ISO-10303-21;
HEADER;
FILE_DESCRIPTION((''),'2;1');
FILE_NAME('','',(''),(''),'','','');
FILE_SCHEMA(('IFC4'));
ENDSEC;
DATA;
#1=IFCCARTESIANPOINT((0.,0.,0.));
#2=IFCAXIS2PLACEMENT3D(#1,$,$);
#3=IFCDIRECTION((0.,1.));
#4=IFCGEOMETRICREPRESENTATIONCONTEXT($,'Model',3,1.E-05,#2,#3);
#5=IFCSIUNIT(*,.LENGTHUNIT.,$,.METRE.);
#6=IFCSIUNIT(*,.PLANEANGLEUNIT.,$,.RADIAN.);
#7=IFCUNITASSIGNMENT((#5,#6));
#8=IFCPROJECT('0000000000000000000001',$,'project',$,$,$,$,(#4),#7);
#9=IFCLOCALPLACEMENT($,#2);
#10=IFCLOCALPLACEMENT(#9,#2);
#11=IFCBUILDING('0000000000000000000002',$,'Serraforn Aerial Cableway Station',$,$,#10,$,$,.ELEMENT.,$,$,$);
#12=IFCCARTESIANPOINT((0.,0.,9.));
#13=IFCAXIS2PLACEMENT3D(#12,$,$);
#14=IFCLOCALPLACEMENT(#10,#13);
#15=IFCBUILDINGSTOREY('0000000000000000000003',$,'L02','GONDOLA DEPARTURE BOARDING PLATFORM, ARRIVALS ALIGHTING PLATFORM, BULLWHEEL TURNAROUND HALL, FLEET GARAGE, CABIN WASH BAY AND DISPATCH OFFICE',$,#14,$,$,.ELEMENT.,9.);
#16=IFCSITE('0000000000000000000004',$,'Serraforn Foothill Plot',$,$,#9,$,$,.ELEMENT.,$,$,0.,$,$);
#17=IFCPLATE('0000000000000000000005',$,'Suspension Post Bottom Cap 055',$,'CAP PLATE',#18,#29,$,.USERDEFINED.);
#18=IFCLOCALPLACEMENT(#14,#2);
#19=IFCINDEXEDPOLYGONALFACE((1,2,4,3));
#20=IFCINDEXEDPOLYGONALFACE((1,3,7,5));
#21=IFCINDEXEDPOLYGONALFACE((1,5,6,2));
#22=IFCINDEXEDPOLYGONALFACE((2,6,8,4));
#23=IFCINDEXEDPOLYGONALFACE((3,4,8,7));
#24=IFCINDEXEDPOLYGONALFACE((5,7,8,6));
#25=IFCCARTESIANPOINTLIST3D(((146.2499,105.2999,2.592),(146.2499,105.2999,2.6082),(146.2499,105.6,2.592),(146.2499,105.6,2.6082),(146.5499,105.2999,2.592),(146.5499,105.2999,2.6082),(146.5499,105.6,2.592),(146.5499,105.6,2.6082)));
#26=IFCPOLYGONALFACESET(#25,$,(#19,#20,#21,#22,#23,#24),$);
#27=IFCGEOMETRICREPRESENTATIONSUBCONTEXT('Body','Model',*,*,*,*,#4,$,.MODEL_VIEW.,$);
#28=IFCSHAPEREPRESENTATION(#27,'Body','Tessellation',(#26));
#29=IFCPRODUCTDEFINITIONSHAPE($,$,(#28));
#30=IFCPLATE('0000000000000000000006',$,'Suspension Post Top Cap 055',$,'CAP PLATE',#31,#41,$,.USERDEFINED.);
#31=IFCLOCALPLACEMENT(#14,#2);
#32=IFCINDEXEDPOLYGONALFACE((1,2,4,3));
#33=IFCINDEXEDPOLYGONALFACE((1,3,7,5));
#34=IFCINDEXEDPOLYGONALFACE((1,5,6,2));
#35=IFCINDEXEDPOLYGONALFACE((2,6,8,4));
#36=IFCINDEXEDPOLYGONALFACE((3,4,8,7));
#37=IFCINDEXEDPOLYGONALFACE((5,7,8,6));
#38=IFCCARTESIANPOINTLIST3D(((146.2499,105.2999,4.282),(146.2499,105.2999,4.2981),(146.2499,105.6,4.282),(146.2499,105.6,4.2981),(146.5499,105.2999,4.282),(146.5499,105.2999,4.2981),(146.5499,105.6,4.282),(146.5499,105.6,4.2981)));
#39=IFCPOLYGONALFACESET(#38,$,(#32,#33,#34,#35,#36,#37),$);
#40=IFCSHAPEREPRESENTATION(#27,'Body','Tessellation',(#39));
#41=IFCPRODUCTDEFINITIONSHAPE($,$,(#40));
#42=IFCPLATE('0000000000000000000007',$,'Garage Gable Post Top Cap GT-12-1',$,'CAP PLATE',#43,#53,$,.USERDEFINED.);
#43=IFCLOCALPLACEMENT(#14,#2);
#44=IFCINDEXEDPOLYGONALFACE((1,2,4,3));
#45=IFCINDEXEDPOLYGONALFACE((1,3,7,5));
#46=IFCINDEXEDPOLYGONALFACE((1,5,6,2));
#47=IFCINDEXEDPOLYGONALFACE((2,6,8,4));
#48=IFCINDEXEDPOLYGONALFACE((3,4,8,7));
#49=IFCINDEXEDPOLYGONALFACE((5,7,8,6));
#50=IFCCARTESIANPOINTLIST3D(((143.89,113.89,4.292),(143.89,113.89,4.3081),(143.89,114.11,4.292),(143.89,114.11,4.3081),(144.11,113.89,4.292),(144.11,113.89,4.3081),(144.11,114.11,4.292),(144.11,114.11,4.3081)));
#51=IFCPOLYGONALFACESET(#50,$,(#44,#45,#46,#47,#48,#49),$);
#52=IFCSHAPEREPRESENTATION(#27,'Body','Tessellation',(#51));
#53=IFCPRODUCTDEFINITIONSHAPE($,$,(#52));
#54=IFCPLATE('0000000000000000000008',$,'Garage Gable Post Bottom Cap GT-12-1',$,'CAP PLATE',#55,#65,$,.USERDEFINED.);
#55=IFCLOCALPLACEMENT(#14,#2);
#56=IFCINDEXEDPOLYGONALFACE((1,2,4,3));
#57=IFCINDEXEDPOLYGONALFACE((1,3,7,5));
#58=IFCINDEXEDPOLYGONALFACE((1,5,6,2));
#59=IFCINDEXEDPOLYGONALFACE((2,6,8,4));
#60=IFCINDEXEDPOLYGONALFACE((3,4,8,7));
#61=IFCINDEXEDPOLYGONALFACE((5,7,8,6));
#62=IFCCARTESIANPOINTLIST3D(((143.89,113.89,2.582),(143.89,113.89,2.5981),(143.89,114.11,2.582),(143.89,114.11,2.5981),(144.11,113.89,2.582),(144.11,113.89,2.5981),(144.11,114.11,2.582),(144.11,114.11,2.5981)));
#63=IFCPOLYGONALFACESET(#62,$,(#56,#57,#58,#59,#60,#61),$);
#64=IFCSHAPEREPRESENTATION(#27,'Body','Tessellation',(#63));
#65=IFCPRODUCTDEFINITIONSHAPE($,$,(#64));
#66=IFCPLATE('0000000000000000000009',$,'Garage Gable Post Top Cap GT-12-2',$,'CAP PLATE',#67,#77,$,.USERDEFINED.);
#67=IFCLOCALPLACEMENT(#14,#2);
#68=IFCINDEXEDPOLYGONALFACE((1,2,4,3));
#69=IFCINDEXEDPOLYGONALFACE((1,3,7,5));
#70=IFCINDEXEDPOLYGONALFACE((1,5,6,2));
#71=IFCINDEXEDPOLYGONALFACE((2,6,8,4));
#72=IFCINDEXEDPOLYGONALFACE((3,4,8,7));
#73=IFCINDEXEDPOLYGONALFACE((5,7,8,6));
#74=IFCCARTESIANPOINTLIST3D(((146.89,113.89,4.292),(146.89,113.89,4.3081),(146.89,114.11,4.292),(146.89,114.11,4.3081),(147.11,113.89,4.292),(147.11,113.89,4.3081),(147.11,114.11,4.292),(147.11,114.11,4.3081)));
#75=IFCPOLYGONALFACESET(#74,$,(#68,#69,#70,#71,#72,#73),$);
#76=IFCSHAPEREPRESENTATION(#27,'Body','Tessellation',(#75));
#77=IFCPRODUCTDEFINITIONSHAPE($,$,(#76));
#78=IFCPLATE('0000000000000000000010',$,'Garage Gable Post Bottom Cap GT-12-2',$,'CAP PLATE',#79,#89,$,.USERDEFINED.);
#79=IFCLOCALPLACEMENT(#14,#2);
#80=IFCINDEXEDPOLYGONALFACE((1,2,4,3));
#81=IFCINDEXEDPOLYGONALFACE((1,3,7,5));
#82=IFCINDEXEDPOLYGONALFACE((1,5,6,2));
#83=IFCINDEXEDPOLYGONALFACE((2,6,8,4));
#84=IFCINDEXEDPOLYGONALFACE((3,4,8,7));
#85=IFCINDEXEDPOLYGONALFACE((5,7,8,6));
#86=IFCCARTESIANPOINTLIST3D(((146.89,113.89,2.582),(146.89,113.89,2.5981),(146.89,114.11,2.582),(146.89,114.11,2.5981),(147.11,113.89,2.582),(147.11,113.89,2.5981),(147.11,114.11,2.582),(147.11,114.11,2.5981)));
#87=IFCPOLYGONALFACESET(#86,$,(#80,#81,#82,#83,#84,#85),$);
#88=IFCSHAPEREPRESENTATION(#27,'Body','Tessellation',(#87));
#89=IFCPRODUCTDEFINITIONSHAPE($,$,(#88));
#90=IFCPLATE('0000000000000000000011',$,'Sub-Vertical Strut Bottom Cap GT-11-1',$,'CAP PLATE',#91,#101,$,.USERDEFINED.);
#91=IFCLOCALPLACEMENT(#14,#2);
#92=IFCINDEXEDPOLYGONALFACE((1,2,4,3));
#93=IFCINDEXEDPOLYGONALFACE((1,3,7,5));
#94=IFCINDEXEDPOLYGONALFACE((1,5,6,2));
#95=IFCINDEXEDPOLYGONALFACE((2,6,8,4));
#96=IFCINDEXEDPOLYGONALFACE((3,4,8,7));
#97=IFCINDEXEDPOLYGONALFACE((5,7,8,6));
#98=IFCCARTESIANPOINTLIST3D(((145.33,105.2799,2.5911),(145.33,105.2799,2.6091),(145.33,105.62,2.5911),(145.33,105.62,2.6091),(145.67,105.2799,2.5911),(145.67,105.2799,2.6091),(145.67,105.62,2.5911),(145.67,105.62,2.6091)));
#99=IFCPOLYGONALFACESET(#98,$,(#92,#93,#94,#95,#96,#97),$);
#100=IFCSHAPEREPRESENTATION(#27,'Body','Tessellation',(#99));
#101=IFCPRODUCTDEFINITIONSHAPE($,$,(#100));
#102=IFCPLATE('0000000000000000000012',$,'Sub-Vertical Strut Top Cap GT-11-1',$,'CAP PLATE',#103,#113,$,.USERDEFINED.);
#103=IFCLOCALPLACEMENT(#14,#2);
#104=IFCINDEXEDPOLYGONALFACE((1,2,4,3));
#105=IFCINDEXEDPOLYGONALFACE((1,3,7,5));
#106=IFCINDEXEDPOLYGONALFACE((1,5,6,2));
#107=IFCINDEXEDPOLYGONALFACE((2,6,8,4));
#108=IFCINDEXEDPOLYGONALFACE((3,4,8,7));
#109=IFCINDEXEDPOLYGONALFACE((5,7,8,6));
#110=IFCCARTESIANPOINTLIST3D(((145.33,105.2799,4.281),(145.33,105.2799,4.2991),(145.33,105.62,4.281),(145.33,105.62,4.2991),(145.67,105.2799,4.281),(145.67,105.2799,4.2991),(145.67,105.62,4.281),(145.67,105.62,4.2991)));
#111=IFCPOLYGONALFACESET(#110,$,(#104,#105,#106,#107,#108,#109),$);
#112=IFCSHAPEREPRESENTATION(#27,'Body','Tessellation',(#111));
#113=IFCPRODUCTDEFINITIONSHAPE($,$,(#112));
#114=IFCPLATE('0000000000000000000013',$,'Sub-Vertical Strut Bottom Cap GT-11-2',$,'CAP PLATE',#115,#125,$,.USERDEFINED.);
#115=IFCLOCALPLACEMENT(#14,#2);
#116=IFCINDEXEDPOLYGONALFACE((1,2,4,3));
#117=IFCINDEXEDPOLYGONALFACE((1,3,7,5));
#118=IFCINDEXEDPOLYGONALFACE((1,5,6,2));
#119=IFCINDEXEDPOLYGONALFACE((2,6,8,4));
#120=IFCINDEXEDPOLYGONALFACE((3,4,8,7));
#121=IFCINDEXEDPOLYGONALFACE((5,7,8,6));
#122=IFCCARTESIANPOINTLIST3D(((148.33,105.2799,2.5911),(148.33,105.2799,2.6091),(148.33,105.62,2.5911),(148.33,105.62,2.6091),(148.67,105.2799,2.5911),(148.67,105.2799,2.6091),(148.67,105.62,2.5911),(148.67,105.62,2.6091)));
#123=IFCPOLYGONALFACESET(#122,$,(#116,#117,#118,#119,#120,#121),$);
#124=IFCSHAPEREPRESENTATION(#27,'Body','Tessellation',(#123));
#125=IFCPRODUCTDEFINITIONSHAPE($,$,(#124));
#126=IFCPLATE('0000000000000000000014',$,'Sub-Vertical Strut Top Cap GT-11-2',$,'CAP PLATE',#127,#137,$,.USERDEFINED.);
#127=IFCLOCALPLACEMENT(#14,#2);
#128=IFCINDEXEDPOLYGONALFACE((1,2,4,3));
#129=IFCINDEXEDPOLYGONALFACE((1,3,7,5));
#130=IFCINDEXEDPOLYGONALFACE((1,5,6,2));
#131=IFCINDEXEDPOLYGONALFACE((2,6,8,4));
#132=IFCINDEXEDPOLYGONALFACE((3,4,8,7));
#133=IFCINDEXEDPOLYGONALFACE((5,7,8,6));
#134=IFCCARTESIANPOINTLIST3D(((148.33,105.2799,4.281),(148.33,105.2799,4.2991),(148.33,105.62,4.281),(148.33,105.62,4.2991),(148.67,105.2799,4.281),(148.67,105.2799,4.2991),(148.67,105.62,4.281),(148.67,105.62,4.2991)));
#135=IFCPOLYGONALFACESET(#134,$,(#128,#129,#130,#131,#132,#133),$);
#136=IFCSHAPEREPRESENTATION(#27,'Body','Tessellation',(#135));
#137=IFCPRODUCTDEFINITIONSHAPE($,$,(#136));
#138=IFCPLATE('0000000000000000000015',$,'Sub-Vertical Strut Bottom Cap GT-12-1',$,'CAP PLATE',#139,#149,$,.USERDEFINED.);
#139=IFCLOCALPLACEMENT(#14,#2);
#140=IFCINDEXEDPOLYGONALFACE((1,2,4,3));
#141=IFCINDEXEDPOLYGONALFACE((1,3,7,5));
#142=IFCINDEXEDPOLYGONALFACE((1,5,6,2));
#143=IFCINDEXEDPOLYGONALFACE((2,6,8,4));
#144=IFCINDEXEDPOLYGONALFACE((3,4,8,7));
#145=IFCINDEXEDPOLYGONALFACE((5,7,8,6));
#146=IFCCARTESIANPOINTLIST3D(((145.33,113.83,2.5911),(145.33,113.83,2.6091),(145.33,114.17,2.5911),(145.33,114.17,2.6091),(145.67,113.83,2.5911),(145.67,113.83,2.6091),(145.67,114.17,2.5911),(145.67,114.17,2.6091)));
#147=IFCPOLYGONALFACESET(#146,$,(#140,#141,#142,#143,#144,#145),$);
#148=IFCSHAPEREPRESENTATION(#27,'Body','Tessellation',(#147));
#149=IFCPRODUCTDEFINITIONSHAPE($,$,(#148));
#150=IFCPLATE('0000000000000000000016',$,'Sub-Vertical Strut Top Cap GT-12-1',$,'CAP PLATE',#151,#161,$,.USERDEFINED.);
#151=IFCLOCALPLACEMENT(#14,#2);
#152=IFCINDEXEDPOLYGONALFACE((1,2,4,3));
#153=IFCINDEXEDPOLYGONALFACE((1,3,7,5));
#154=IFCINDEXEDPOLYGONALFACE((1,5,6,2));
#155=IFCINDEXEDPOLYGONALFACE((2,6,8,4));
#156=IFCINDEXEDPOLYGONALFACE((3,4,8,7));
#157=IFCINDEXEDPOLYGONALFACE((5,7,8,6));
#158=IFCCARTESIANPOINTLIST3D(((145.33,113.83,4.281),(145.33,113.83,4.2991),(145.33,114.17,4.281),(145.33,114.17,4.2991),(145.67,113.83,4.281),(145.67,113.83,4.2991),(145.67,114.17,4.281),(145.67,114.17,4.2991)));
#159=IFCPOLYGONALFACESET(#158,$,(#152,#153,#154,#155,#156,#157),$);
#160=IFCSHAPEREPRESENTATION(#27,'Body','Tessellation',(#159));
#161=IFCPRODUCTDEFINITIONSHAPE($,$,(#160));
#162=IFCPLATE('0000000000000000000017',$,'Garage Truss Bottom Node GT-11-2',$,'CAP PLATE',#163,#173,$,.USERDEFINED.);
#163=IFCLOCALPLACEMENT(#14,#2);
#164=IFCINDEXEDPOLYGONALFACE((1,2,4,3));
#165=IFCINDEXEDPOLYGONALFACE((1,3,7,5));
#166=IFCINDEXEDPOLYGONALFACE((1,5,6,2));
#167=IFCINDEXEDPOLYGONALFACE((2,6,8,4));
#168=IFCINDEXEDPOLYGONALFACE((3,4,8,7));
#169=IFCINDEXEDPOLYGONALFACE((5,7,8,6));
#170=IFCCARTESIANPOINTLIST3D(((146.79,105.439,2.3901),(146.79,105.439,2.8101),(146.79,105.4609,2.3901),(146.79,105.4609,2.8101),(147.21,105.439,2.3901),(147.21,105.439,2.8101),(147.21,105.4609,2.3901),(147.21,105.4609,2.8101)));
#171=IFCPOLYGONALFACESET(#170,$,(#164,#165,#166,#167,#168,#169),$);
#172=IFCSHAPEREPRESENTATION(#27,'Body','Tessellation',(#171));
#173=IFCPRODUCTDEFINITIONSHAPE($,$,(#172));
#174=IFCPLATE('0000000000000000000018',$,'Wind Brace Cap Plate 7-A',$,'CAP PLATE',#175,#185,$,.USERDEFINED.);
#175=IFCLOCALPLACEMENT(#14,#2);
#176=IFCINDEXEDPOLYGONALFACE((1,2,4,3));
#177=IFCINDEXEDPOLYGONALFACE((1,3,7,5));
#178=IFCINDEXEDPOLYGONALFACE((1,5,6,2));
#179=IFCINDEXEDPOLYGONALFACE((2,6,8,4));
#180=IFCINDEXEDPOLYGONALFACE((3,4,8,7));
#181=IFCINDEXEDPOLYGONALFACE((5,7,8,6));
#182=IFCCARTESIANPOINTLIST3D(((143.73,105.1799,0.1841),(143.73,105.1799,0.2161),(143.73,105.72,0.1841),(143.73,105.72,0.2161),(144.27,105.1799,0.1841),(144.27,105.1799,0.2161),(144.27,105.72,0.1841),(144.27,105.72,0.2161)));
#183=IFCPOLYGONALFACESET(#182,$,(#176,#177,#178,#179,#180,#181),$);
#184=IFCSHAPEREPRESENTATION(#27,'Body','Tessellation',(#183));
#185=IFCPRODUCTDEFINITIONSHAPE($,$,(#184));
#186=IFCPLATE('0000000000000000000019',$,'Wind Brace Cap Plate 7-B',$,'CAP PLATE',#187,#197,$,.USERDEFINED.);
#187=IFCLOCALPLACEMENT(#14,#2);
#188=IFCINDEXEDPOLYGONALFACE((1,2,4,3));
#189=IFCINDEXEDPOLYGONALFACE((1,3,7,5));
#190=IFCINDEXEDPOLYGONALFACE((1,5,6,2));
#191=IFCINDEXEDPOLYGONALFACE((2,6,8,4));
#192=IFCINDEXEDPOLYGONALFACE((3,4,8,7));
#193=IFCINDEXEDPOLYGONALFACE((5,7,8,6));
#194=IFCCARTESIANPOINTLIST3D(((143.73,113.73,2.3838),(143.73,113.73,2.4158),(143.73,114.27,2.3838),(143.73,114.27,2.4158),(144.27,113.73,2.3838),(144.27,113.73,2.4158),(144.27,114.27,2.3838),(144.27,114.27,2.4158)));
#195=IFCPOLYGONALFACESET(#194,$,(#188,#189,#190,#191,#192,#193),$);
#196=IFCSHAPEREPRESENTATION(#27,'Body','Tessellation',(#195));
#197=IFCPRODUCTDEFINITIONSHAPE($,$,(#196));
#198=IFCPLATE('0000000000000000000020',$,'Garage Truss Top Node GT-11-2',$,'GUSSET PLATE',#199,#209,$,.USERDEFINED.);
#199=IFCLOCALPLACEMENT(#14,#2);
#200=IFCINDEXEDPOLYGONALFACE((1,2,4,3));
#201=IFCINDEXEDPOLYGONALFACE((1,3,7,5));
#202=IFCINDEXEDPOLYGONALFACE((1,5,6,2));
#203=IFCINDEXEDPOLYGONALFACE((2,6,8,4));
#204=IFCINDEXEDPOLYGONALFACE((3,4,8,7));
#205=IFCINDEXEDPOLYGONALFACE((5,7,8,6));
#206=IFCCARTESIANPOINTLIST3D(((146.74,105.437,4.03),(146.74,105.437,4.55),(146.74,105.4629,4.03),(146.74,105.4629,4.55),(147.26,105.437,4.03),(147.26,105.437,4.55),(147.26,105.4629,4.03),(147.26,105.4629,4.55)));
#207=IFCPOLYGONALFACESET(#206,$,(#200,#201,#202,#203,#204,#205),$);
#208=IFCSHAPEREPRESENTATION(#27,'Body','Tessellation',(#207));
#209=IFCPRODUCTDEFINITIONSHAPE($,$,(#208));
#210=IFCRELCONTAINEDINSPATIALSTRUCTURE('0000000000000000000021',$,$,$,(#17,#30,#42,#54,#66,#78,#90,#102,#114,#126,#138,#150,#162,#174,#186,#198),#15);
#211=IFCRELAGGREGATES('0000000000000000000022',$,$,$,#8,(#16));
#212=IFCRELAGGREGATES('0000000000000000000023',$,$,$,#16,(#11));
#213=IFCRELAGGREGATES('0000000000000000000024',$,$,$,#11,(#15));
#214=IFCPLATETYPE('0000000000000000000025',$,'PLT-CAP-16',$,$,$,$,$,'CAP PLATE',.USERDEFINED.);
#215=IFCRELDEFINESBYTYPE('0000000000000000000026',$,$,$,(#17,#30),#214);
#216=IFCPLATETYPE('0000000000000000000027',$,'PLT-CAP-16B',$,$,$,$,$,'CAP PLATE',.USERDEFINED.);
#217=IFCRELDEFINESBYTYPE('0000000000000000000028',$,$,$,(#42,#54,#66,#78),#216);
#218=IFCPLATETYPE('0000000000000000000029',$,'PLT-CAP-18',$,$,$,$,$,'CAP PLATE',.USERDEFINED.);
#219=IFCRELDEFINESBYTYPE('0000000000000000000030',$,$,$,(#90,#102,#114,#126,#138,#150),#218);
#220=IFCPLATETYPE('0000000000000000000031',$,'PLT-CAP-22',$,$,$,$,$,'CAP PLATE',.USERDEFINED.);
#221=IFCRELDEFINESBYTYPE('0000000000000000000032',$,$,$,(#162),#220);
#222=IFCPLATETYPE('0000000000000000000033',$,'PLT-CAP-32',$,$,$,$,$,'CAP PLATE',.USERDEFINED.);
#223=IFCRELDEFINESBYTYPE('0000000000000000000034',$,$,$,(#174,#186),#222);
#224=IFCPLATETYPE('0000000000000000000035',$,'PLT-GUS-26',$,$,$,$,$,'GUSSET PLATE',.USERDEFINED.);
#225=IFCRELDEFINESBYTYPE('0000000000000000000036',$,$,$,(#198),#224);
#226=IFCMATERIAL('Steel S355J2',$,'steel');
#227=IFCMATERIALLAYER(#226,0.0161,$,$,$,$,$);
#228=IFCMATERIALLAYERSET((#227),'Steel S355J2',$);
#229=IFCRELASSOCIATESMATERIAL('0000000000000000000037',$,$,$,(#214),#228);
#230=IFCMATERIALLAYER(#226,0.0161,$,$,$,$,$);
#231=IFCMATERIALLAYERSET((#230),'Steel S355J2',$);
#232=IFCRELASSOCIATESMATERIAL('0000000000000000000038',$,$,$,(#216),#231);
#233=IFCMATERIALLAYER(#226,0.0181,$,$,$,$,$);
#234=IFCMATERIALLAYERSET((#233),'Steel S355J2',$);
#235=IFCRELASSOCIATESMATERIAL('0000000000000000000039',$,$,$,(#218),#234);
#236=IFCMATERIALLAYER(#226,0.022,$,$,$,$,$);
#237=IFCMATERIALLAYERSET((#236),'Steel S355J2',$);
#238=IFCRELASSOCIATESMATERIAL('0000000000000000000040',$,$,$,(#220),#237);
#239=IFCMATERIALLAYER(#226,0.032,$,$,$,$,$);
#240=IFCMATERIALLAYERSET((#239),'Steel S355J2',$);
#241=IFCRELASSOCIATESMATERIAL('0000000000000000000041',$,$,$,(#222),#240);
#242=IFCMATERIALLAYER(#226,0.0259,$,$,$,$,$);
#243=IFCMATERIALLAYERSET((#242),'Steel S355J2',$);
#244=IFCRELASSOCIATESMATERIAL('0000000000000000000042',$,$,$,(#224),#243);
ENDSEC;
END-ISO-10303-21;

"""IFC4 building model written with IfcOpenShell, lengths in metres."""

from ifc_helpers import new_model, si_unit, direction, frame, origin, origin_2d, place, context, subcontext, project, spatial, rectangle, extrude, material, layer, layer_set, type_object, element, save


model = new_model("IFC4")

# Units and contexts
model_context = context("Model", 3, precision=1e-05, world=origin(), true_north=direction((0.0, 1.0)))
body_context = subcontext(model_context, "Body", "Model", "MODEL_VIEW")
ifc_project = project(units=[si_unit("LENGTHUNIT", "METRE"), si_unit("PLANEANGLEUNIT", "RADIAN")], contexts=[model_context])

# Site, building, storey
site_placement = place(None, origin())
site = spatial("IfcSite", under=ifc_project, at=site_placement, Name="Serraforn Foothill Plot", CompositionType="ELEMENT", RefElevation=0.0)
building_placement = place(site_placement, origin())
building = spatial("IfcBuilding", under=site, at=building_placement, Name="Serraforn Aerial Cableway Station", CompositionType="ELEMENT")
storey_placement = place(building_placement, frame((0.0, 0.0, 9.0)))
storey = spatial("IfcBuildingStorey", under=building, at=storey_placement, Name="L02", Description="GONDOLA DEPARTURE BOARDING PLATFORM, ARRIVALS ALIGHTING PLATFORM, BULLWHEEL TURNAROUND HALL, FLEET GARAGE, CABIN WASH BAY AND DISPATCH OFFICE", CompositionType="ELEMENT", Elevation=9.0)

# Shared definitions
ifc_material_1 = material(Name="Steel S355J2", Category="steel")

# Plates
ifc_layer_1 = layer(ifc_material_1, 0.0161)
ifc_layer_set_1 = layer_set([ifc_layer_1], Name="Steel S355J2")
plate_type_1 = type_object("IfcPlateType", Name="PLT-CAP-16", ElementType="CAP PLATE", PredefinedType="USERDEFINED", material=ifc_layer_set_1)
for number, where, z_axis, x_axis, name in (
    (1, (146.3999, 105.45, 2.592), (0.0, 0.0, 1.0), (1.0, 0.0, 0.0), "Suspension Post Bottom Cap 055"),
    (2, (146.3999, 105.45, 4.282), (0.0, 0.0, 1.0), (1.0, 0.0, 0.0), "Suspension Post Top Cap 055"),
):
    element("IfcPlate", number, at=place(storey_placement, frame(where, z_axis=z_axis, x_axis=x_axis)), inside=storey, type_object=plate_type_1, Name=name, ObjectType="CAP PLATE", PredefinedType="USERDEFINED", context=body_context, shape_type="SweptSolid", body=[
        extrude(rectangle(XDim=0.3, YDim=0.3, at=origin_2d()), origin(), (0.0, 0.0, 1.0), 0.0161),
    ])
ifc_layer_2 = layer(ifc_material_1, 0.0161)
ifc_layer_set_2 = layer_set([ifc_layer_2], Name="Steel S355J2")
plate_type_2 = type_object("IfcPlateType", Name="PLT-CAP-16B", ElementType="CAP PLATE", PredefinedType="USERDEFINED", material=ifc_layer_set_2)
for number, where, z_axis, x_axis, name in (
    (3, (144.0, 114.0, 4.292), (0.0, 0.0, 1.0), (1.0, 0.0, 0.0), "Garage Gable Post Top Cap GT-12-1"),
    (4, (144.0, 114.0, 2.582), (0.0, 0.0, 1.0), (1.0, 0.0, 0.0), "Garage Gable Post Bottom Cap GT-12-1"),
    (5, (147.0, 114.0, 4.292), (0.0, 0.0, 1.0), (1.0, 0.0, 0.0), "Garage Gable Post Top Cap GT-12-2"),
    (6, (147.0, 114.0, 2.582), (0.0, 0.0, 1.0), (1.0, 0.0, 0.0), "Garage Gable Post Bottom Cap GT-12-2"),
):
    element("IfcPlate", number, at=place(storey_placement, frame(where, z_axis=z_axis, x_axis=x_axis)), inside=storey, type_object=plate_type_2, Name=name, ObjectType="CAP PLATE", PredefinedType="USERDEFINED", context=body_context, shape_type="SweptSolid", body=[
        extrude(rectangle(XDim=0.22, YDim=0.22, at=origin_2d()), origin(), (0.0, 0.0, 1.0), 0.0161),
    ])
ifc_layer_3 = layer(ifc_material_1, 0.0181)
ifc_layer_set_3 = layer_set([ifc_layer_3], Name="Steel S355J2")
plate_type_3 = type_object("IfcPlateType", Name="PLT-CAP-18", ElementType="CAP PLATE", PredefinedType="USERDEFINED", material=ifc_layer_set_3)
for number, where, z_axis, x_axis, name in (
    (7, (145.5, 105.45, 2.5911), (0.0, 0.0, 1.0), (1.0, 0.0, 0.0), "Sub-Vertical Strut Bottom Cap GT-11-1"),
    (8, (145.5, 105.45, 4.281), (0.0, 0.0, 1.0), (1.0, 0.0, 0.0), "Sub-Vertical Strut Top Cap GT-11-1"),
    (9, (148.5, 105.45, 2.5911), (0.0, 0.0, 1.0), (1.0, 0.0, 0.0), "Sub-Vertical Strut Bottom Cap GT-11-2"),
    (10, (148.5, 105.45, 4.281), (0.0, 0.0, 1.0), (1.0, 0.0, 0.0), "Sub-Vertical Strut Top Cap GT-11-2"),
    (11, (145.5, 114.0, 2.5911), (0.0, 0.0, 1.0), (1.0, 0.0, 0.0), "Sub-Vertical Strut Bottom Cap GT-12-1"),
    (12, (145.5, 114.0, 4.281), (0.0, 0.0, 1.0), (1.0, 0.0, 0.0), "Sub-Vertical Strut Top Cap GT-12-1"),
):
    element("IfcPlate", number, at=place(storey_placement, frame(where, z_axis=z_axis, x_axis=x_axis)), inside=storey, type_object=plate_type_3, Name=name, ObjectType="CAP PLATE", PredefinedType="USERDEFINED", context=body_context, shape_type="SweptSolid", body=[
        extrude(rectangle(XDim=0.3401, YDim=0.3401, at=origin_2d()), origin(), (0.0, 0.0, 1.0), 0.0181),
    ])
ifc_layer_4 = layer(ifc_material_1, 0.022)
ifc_layer_set_4 = layer_set([ifc_layer_4], Name="Steel S355J2")
plate_type_4 = type_object("IfcPlateType", Name="PLT-CAP-22", ElementType="CAP PLATE", PredefinedType="USERDEFINED", material=ifc_layer_set_4)
plate_1_placement = place(storey_placement, frame((147.0, 105.45, 2.3901), z_axis=(0.0, 0.0, 1.0), x_axis=(1.0, 0.0, 0.0)))
element("IfcPlate", 13, at=plate_1_placement, inside=storey, type_object=plate_type_4, Name="Garage Truss Bottom Node GT-11-2", ObjectType="CAP PLATE", PredefinedType="USERDEFINED", context=body_context, shape_type="SweptSolid", body=[
    extrude(rectangle(XDim=0.4199, YDim=0.022, at=origin_2d()), origin(), (0.0, 0.0, 1.0), 0.4199),
])
ifc_layer_5 = layer(ifc_material_1, 0.032)
ifc_layer_set_5 = layer_set([ifc_layer_5], Name="Steel S355J2")
plate_type_5 = type_object("IfcPlateType", Name="PLT-CAP-32", ElementType="CAP PLATE", PredefinedType="USERDEFINED", material=ifc_layer_set_5)
for number, where, z_axis, x_axis, name in (
    (14, (144.0, 105.45, 0.1841), (0.0, 0.0, 1.0), (1.0, 0.0, 0.0), "Wind Brace Cap Plate 7-A"),
    (15, (144.0, 114.0, 2.3838), (0.0, 0.0, 1.0), (1.0, 0.0, 0.0), "Wind Brace Cap Plate 7-B"),
):
    element("IfcPlate", number, at=place(storey_placement, frame(where, z_axis=z_axis, x_axis=x_axis)), inside=storey, type_object=plate_type_5, Name=name, ObjectType="CAP PLATE", PredefinedType="USERDEFINED", context=body_context, shape_type="SweptSolid", body=[
        extrude(rectangle(XDim=0.54, YDim=0.54, at=origin_2d()), origin(), (0.0, 0.0, 1.0), 0.032),
    ])
ifc_layer_6 = layer(ifc_material_1, 0.0259)
ifc_layer_set_6 = layer_set([ifc_layer_6], Name="Steel S355J2")
plate_type_6 = type_object("IfcPlateType", Name="PLT-GUS-26", ElementType="GUSSET PLATE", PredefinedType="USERDEFINED", material=ifc_layer_set_6)
plate_2_placement = place(storey_placement, frame((147.0, 105.45, 4.03), z_axis=(0.0, 0.0, 1.0), x_axis=(1.0, 0.0, 0.0)))
element("IfcPlate", 16, at=plate_2_placement, inside=storey, type_object=plate_type_6, Name="Garage Truss Top Node GT-11-2", ObjectType="GUSSET PLATE", PredefinedType="USERDEFINED", context=body_context, shape_type="SweptSolid", body=[
    extrude(rectangle(XDim=0.52, YDim=0.0259, at=origin_2d()), origin(), (0.0, 0.0, 1.0), 0.52),
])

save(model, "model.ifc")
